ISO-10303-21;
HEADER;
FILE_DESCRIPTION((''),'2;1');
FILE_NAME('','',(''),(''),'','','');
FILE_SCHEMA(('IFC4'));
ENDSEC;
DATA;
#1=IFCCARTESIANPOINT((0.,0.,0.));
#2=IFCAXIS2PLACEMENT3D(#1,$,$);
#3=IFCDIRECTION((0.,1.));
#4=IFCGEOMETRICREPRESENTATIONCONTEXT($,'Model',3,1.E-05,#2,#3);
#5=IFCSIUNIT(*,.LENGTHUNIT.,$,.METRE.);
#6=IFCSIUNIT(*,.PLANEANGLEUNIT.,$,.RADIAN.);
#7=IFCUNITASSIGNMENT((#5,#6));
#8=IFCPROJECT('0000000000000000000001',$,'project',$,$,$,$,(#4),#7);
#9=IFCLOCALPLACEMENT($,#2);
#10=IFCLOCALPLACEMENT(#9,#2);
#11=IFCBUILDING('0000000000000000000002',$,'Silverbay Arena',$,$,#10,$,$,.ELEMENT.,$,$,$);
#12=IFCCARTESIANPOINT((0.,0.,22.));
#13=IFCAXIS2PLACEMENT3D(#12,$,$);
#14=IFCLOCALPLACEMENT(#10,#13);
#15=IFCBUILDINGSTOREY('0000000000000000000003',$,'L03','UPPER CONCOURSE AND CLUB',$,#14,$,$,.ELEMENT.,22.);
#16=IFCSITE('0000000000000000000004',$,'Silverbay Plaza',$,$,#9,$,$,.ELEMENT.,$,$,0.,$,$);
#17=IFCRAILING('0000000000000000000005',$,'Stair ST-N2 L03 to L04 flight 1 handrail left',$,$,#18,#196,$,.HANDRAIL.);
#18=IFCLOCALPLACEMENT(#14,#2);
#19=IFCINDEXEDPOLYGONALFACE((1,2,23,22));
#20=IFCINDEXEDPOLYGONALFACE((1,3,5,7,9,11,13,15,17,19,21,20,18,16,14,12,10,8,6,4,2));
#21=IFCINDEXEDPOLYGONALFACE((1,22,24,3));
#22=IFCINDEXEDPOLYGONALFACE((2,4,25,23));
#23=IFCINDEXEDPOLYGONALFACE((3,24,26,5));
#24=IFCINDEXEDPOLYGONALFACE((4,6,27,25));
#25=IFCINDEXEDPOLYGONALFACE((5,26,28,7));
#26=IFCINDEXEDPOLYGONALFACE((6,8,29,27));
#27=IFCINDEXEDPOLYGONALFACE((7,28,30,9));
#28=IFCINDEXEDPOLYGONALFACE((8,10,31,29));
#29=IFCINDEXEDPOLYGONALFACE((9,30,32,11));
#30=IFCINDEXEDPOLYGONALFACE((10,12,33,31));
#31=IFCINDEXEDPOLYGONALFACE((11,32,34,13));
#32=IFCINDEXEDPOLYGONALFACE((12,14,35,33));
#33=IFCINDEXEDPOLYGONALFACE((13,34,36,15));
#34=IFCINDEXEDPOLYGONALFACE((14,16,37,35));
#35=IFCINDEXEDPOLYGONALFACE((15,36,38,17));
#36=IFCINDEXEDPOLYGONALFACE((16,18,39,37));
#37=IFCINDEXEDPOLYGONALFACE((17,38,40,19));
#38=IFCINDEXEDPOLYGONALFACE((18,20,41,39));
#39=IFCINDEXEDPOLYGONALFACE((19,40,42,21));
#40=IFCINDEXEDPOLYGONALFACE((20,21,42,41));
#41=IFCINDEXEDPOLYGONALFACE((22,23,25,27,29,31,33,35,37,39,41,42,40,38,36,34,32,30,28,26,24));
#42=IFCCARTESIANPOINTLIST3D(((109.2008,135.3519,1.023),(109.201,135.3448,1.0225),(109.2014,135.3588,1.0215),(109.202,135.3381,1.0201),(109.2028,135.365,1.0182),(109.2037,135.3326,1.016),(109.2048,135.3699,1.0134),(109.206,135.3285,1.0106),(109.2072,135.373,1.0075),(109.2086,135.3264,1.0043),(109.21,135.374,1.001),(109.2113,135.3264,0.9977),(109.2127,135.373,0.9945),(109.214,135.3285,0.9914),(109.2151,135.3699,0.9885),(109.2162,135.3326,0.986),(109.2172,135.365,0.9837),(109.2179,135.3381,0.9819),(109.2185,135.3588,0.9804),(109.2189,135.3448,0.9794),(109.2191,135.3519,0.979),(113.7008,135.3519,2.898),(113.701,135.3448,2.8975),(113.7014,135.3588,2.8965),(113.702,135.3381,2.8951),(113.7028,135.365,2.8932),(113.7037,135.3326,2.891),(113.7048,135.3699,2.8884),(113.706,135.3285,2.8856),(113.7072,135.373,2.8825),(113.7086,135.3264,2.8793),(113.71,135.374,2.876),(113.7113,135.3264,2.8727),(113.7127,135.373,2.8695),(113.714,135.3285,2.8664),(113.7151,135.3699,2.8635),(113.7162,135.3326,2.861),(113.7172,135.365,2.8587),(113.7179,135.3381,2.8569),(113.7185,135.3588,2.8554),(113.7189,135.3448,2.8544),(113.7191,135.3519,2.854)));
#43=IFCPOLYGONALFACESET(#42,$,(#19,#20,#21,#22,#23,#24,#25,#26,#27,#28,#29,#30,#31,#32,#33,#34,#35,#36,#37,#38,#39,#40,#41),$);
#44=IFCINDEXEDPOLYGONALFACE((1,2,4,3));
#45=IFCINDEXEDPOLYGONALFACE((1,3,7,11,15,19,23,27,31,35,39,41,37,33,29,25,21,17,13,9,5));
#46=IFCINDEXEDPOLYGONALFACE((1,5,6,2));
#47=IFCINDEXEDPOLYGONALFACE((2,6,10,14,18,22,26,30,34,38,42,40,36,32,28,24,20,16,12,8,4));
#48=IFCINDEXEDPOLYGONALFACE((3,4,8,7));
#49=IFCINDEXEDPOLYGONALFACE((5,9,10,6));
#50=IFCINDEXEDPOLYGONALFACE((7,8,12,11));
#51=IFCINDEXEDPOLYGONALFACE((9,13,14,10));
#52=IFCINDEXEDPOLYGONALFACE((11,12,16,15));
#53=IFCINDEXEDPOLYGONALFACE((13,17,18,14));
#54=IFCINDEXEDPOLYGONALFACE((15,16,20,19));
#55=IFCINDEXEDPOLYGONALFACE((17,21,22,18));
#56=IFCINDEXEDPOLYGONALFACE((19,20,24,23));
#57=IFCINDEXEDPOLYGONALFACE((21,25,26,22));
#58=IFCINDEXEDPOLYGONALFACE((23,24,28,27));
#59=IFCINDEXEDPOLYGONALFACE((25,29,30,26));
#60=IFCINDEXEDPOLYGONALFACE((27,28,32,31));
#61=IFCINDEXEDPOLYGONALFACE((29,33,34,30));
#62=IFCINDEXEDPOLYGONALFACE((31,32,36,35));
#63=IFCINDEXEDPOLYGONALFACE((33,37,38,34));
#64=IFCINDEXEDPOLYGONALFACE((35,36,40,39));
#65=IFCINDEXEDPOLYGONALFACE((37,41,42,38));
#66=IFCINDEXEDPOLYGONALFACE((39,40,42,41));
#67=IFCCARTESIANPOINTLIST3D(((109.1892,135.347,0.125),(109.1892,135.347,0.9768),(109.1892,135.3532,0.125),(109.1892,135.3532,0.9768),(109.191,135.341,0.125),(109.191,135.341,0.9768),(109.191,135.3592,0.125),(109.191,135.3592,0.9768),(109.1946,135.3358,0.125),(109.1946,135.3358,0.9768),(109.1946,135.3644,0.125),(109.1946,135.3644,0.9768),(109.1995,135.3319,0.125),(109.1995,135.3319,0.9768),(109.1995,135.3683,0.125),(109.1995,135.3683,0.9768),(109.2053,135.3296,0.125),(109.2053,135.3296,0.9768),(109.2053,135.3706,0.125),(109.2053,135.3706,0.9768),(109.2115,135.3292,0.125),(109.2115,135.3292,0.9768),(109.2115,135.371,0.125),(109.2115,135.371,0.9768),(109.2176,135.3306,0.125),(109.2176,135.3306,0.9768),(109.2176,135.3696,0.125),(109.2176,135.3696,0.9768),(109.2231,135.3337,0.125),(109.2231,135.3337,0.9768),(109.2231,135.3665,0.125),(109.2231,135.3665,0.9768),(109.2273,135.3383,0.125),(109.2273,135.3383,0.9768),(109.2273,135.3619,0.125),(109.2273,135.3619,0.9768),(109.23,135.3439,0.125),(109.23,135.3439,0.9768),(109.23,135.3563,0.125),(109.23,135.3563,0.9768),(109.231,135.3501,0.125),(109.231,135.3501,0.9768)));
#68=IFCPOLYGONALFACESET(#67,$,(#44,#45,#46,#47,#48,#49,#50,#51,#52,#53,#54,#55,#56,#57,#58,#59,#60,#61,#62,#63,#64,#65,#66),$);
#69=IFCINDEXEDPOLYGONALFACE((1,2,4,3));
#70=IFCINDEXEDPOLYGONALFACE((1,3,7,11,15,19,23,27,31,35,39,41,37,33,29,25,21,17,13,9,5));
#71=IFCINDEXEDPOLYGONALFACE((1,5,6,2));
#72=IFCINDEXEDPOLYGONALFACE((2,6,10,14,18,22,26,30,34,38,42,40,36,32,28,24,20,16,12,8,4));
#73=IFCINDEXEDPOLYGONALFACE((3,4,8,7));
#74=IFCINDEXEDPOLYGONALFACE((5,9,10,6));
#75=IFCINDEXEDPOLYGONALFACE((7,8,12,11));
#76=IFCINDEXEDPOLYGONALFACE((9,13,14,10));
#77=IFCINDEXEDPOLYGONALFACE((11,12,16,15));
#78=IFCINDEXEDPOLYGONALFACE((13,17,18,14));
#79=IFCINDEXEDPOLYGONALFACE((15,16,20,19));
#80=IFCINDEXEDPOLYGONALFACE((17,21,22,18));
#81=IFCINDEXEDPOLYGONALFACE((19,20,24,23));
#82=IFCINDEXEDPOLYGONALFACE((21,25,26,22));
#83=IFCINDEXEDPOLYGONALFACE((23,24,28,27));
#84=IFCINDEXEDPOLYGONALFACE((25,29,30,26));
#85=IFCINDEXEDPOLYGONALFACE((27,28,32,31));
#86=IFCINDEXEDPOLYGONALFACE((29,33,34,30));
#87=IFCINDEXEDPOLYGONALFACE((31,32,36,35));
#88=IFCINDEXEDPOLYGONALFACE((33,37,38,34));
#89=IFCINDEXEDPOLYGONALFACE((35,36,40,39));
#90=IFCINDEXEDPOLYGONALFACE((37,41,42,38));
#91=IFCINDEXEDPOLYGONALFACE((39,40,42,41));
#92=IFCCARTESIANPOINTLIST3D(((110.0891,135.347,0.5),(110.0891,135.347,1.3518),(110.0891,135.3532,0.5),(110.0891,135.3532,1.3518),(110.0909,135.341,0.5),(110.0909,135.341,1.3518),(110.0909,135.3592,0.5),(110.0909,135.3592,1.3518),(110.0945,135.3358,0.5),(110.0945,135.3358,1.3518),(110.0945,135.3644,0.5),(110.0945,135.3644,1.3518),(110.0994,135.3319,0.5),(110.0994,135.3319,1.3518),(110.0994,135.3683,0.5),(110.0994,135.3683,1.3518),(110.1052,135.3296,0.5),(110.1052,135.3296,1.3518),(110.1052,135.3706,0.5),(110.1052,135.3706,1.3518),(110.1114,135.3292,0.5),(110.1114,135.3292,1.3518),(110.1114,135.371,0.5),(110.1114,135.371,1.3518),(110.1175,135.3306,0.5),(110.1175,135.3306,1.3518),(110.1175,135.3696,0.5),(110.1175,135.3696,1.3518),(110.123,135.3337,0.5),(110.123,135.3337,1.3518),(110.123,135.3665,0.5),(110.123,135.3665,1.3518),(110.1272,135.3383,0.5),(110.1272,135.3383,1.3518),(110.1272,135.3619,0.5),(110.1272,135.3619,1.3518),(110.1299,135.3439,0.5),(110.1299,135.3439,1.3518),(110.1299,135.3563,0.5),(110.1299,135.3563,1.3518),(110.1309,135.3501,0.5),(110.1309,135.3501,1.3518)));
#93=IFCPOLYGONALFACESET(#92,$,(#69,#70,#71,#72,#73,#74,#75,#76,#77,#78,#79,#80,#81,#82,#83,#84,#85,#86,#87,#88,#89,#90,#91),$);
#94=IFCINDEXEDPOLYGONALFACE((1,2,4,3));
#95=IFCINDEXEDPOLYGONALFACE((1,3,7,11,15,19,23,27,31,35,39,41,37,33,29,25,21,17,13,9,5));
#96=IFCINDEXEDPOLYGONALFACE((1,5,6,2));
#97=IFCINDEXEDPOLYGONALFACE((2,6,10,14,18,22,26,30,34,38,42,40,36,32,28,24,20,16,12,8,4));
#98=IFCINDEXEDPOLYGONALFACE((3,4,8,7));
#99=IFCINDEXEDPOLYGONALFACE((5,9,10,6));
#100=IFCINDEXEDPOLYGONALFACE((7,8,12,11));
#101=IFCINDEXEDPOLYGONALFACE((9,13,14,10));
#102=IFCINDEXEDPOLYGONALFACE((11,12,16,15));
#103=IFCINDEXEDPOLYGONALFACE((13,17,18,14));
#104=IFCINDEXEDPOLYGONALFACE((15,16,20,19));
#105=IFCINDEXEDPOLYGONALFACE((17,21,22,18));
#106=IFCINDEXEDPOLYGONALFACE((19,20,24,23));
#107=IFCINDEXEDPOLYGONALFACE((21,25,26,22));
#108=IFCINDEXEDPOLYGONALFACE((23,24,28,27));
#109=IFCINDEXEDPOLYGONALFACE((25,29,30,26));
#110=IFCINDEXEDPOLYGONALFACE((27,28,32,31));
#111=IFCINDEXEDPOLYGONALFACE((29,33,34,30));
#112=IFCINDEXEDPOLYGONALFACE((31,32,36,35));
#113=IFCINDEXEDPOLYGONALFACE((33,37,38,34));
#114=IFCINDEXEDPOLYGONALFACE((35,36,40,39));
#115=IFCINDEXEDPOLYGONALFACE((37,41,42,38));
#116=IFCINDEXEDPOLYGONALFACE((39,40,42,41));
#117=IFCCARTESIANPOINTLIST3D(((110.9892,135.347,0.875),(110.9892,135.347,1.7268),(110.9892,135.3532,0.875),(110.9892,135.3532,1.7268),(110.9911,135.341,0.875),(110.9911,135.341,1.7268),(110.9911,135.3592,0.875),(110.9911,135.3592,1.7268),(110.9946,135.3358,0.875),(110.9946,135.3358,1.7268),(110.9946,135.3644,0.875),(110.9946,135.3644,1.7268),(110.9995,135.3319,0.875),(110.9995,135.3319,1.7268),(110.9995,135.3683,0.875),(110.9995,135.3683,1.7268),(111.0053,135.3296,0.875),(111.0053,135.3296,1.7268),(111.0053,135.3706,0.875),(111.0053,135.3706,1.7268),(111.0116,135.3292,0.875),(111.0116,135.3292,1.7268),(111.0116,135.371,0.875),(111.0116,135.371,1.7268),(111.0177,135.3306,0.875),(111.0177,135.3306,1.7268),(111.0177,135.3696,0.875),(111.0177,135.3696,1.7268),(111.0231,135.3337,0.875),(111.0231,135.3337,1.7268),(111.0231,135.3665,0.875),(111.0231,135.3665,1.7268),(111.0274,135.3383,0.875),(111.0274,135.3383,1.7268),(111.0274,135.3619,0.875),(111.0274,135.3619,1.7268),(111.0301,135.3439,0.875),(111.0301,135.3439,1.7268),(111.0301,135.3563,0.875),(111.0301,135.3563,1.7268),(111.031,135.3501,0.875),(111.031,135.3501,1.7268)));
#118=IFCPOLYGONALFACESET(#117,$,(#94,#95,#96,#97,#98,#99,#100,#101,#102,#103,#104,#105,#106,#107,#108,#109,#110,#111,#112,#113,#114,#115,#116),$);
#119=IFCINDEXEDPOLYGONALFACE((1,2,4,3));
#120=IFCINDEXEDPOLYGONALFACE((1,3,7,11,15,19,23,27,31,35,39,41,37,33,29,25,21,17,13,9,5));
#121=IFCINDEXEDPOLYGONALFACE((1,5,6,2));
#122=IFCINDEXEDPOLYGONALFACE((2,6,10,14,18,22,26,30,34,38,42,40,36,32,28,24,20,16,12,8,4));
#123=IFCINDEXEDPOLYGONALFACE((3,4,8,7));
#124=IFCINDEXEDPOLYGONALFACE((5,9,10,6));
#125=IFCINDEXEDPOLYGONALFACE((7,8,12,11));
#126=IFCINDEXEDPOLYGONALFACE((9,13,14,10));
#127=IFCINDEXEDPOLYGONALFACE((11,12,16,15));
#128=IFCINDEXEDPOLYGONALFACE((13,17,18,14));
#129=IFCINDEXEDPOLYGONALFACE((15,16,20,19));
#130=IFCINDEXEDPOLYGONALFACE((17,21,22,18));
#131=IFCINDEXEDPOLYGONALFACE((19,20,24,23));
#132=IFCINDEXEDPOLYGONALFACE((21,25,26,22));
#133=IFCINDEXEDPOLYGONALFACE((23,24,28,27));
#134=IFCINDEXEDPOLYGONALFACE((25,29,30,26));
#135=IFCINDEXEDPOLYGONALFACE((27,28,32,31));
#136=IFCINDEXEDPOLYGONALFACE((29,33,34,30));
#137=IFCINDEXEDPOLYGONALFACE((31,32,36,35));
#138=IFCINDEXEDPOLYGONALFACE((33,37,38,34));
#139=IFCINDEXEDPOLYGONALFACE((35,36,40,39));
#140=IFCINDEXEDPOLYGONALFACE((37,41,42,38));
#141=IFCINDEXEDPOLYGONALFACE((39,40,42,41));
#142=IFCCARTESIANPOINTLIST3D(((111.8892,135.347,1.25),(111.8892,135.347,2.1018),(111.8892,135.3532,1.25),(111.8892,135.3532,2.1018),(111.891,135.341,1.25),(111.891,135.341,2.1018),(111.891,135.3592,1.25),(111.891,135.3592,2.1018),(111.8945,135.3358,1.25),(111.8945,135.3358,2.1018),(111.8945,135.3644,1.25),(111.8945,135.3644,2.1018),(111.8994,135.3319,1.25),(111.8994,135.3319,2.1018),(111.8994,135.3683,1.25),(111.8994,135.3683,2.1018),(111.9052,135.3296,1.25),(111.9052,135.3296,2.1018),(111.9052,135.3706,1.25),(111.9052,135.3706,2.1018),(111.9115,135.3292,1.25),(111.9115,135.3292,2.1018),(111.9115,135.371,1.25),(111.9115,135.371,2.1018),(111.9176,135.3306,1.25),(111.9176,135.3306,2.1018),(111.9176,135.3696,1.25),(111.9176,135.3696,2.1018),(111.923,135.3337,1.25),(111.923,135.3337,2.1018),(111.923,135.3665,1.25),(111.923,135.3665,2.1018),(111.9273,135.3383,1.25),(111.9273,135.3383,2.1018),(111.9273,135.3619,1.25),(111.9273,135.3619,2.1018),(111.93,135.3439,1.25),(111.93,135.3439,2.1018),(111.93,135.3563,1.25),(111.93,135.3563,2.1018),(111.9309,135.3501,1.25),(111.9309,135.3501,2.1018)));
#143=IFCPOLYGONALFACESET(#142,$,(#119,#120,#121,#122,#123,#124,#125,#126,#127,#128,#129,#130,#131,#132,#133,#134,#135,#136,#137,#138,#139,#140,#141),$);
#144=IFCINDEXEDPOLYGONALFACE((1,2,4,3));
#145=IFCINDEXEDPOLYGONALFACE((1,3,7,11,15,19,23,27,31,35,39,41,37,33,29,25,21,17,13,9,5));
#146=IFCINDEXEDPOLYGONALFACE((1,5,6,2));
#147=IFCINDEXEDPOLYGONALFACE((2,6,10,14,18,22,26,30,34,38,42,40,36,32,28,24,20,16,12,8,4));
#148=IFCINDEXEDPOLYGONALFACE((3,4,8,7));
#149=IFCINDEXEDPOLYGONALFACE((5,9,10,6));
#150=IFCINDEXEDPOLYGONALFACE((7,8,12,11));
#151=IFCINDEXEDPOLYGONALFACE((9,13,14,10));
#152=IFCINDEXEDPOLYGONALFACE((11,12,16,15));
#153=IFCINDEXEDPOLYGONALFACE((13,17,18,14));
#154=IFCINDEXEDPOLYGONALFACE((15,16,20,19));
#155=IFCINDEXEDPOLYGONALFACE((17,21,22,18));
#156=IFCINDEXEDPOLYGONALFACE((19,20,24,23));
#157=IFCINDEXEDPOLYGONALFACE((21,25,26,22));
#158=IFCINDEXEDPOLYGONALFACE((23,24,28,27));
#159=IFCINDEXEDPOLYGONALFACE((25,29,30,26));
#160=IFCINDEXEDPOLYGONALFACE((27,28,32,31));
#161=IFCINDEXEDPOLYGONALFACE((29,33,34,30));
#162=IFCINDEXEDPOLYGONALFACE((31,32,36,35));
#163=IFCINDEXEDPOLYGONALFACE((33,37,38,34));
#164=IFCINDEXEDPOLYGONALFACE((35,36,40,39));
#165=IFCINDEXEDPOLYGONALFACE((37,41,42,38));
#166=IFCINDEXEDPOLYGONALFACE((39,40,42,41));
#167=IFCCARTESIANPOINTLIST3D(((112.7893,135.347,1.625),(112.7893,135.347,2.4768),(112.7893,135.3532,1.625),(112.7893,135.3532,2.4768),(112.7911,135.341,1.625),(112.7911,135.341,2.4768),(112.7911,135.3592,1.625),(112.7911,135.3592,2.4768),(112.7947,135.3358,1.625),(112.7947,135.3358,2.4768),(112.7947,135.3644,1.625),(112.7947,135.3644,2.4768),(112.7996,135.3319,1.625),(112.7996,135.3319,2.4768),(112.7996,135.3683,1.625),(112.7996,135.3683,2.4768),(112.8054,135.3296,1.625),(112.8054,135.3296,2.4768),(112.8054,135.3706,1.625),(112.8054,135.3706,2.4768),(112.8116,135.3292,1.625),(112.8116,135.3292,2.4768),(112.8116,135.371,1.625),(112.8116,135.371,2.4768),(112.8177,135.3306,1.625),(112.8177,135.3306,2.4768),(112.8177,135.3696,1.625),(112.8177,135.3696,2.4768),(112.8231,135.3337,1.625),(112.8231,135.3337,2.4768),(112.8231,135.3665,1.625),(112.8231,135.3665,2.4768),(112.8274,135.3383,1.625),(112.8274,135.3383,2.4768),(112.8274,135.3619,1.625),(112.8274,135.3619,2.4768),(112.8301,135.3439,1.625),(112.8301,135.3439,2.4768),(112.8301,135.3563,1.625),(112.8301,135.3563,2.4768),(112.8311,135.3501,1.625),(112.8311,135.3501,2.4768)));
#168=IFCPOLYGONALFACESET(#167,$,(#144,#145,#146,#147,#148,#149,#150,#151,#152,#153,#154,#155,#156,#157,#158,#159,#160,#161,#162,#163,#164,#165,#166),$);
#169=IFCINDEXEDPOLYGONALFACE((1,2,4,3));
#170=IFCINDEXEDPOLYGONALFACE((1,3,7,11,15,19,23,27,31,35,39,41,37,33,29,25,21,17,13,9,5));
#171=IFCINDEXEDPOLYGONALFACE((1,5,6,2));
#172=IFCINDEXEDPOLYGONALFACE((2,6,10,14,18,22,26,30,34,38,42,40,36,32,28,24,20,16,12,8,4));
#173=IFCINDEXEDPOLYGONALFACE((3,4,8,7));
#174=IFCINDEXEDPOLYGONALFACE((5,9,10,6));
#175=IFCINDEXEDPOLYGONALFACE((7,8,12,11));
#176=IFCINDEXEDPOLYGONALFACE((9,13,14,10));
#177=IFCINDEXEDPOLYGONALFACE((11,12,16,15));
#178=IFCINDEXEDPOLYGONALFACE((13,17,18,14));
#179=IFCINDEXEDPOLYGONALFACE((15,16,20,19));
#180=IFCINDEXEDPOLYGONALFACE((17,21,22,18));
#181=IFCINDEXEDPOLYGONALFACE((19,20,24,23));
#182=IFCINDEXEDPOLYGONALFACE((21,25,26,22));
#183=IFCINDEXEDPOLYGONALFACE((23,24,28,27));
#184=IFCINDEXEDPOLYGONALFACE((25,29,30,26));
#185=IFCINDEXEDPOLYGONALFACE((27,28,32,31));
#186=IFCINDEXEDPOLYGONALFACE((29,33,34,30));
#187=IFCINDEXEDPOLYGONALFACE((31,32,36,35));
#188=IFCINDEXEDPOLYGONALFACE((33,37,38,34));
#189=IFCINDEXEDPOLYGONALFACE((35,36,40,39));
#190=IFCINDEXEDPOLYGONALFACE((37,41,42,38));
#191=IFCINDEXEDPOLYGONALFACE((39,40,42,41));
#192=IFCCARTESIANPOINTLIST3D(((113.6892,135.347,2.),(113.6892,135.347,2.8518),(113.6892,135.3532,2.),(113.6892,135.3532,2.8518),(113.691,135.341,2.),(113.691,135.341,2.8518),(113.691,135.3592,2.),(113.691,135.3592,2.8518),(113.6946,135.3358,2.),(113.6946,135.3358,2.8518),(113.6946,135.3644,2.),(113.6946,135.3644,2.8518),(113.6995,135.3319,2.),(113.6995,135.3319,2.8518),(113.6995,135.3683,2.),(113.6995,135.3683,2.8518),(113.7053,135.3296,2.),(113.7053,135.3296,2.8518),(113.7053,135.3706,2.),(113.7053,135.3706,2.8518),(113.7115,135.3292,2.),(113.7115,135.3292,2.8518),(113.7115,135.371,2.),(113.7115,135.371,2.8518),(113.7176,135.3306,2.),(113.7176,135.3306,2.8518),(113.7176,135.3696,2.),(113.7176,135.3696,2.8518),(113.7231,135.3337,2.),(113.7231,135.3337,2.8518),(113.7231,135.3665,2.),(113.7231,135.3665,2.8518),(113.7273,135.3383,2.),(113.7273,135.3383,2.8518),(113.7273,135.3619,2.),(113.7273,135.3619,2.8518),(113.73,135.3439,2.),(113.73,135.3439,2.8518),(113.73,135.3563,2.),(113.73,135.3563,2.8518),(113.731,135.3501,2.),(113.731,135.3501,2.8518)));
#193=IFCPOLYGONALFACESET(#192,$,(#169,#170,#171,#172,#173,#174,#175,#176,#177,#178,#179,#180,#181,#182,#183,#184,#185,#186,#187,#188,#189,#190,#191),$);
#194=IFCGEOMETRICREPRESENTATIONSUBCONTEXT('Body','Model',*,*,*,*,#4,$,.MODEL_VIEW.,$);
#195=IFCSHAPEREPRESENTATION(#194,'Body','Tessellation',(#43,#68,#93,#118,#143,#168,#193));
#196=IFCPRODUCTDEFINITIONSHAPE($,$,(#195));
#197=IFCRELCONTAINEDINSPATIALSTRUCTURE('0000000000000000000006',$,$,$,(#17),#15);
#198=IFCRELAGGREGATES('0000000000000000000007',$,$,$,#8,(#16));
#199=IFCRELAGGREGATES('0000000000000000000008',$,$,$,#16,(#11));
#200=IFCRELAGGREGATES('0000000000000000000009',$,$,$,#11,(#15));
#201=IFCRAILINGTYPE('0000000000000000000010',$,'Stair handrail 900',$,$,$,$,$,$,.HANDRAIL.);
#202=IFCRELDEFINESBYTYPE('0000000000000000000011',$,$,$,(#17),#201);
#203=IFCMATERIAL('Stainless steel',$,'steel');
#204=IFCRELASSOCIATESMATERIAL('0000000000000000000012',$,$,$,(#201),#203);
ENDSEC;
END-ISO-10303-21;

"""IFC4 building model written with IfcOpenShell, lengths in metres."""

from ifc_helpers import new_model, si_unit, direction, frame, origin, origin_2d, place, context, subcontext, project, spatial, circle, extrude, material, type_object, element, save


model = new_model("IFC4")

# Units and contexts
model_context = context("Model", 3, precision=1e-05, world=origin(), true_north=direction((0.0, 1.0)))
body_context = subcontext(model_context, "Body", "Model", "MODEL_VIEW")
ifc_project = project(units=[si_unit("LENGTHUNIT", "METRE"), si_unit("PLANEANGLEUNIT", "RADIAN")], contexts=[model_context])

# Site, building, storey
site_placement = place(None, origin())
site = spatial("IfcSite", under=ifc_project, at=site_placement, Name="Silverbay Plaza", CompositionType="ELEMENT", RefElevation=0.0)
building_placement = place(site_placement, origin())
building = spatial("IfcBuilding", under=site, at=building_placement, Name="Silverbay Arena", CompositionType="ELEMENT")
storey_placement = place(building_placement, frame((0.0, 0.0, 22.0)))
storey = spatial("IfcBuildingStorey", under=building, at=storey_placement, Name="L03", Description="UPPER CONCOURSE AND CLUB", CompositionType="ELEMENT", Elevation=22.0)

# Railing
ifc_material_1 = material(Name="Stainless steel", Category="steel")
railing_type = type_object("IfcRailingType", Name="Stair handrail 900", PredefinedType="HANDRAIL", material=ifc_material_1)
railing_1_placement = place(storey_placement, frame((109.21, 135.3501, 0.125)))
element("IfcRailing", 1, at=railing_1_placement, inside=storey, type_object=railing_type, Name="Stair ST-N2 L03 to L04 flight 1 handrail left", PredefinedType="HANDRAIL", context=body_context, shape_type="SweptSolid", body=[
    extrude(circle(Radius=0.0239, at=origin_2d()), frame((0.0, 0.0, 0.876), z_axis=(0.923077, 0.0, 0.384615), x_axis=(0.0, 1.0, 0.0)), (0.0, 0.0, 1.0), 4.875),
    extrude(circle(Radius=0.021, at=origin_2d()), origin(), (0.0, 0.0, 1.0), 0.8518),
    extrude(circle(Radius=0.021, at=origin_2d()), frame((0.8999, 0.0, 0.375)), (0.0, 0.0, 1.0), 0.8518),
    extrude(circle(Radius=0.021, at=origin_2d()), frame((1.8, 0.0, 0.75)), (0.0, 0.0, 1.0), 0.8518),
    extrude(circle(Radius=0.021, at=origin_2d()), frame((2.7, 0.0, 1.125)), (0.0, 0.0, 1.0), 0.8518),
    extrude(circle(Radius=0.021, at=origin_2d()), frame((3.6001, 0.0, 1.5)), (0.0, 0.0, 1.0), 0.8518),
    extrude(circle(Radius=0.021, at=origin_2d()), frame((4.5, 0.0, 1.875)), (0.0, 0.0, 1.0), 0.8518),
])

save(model, "model.ifc")
